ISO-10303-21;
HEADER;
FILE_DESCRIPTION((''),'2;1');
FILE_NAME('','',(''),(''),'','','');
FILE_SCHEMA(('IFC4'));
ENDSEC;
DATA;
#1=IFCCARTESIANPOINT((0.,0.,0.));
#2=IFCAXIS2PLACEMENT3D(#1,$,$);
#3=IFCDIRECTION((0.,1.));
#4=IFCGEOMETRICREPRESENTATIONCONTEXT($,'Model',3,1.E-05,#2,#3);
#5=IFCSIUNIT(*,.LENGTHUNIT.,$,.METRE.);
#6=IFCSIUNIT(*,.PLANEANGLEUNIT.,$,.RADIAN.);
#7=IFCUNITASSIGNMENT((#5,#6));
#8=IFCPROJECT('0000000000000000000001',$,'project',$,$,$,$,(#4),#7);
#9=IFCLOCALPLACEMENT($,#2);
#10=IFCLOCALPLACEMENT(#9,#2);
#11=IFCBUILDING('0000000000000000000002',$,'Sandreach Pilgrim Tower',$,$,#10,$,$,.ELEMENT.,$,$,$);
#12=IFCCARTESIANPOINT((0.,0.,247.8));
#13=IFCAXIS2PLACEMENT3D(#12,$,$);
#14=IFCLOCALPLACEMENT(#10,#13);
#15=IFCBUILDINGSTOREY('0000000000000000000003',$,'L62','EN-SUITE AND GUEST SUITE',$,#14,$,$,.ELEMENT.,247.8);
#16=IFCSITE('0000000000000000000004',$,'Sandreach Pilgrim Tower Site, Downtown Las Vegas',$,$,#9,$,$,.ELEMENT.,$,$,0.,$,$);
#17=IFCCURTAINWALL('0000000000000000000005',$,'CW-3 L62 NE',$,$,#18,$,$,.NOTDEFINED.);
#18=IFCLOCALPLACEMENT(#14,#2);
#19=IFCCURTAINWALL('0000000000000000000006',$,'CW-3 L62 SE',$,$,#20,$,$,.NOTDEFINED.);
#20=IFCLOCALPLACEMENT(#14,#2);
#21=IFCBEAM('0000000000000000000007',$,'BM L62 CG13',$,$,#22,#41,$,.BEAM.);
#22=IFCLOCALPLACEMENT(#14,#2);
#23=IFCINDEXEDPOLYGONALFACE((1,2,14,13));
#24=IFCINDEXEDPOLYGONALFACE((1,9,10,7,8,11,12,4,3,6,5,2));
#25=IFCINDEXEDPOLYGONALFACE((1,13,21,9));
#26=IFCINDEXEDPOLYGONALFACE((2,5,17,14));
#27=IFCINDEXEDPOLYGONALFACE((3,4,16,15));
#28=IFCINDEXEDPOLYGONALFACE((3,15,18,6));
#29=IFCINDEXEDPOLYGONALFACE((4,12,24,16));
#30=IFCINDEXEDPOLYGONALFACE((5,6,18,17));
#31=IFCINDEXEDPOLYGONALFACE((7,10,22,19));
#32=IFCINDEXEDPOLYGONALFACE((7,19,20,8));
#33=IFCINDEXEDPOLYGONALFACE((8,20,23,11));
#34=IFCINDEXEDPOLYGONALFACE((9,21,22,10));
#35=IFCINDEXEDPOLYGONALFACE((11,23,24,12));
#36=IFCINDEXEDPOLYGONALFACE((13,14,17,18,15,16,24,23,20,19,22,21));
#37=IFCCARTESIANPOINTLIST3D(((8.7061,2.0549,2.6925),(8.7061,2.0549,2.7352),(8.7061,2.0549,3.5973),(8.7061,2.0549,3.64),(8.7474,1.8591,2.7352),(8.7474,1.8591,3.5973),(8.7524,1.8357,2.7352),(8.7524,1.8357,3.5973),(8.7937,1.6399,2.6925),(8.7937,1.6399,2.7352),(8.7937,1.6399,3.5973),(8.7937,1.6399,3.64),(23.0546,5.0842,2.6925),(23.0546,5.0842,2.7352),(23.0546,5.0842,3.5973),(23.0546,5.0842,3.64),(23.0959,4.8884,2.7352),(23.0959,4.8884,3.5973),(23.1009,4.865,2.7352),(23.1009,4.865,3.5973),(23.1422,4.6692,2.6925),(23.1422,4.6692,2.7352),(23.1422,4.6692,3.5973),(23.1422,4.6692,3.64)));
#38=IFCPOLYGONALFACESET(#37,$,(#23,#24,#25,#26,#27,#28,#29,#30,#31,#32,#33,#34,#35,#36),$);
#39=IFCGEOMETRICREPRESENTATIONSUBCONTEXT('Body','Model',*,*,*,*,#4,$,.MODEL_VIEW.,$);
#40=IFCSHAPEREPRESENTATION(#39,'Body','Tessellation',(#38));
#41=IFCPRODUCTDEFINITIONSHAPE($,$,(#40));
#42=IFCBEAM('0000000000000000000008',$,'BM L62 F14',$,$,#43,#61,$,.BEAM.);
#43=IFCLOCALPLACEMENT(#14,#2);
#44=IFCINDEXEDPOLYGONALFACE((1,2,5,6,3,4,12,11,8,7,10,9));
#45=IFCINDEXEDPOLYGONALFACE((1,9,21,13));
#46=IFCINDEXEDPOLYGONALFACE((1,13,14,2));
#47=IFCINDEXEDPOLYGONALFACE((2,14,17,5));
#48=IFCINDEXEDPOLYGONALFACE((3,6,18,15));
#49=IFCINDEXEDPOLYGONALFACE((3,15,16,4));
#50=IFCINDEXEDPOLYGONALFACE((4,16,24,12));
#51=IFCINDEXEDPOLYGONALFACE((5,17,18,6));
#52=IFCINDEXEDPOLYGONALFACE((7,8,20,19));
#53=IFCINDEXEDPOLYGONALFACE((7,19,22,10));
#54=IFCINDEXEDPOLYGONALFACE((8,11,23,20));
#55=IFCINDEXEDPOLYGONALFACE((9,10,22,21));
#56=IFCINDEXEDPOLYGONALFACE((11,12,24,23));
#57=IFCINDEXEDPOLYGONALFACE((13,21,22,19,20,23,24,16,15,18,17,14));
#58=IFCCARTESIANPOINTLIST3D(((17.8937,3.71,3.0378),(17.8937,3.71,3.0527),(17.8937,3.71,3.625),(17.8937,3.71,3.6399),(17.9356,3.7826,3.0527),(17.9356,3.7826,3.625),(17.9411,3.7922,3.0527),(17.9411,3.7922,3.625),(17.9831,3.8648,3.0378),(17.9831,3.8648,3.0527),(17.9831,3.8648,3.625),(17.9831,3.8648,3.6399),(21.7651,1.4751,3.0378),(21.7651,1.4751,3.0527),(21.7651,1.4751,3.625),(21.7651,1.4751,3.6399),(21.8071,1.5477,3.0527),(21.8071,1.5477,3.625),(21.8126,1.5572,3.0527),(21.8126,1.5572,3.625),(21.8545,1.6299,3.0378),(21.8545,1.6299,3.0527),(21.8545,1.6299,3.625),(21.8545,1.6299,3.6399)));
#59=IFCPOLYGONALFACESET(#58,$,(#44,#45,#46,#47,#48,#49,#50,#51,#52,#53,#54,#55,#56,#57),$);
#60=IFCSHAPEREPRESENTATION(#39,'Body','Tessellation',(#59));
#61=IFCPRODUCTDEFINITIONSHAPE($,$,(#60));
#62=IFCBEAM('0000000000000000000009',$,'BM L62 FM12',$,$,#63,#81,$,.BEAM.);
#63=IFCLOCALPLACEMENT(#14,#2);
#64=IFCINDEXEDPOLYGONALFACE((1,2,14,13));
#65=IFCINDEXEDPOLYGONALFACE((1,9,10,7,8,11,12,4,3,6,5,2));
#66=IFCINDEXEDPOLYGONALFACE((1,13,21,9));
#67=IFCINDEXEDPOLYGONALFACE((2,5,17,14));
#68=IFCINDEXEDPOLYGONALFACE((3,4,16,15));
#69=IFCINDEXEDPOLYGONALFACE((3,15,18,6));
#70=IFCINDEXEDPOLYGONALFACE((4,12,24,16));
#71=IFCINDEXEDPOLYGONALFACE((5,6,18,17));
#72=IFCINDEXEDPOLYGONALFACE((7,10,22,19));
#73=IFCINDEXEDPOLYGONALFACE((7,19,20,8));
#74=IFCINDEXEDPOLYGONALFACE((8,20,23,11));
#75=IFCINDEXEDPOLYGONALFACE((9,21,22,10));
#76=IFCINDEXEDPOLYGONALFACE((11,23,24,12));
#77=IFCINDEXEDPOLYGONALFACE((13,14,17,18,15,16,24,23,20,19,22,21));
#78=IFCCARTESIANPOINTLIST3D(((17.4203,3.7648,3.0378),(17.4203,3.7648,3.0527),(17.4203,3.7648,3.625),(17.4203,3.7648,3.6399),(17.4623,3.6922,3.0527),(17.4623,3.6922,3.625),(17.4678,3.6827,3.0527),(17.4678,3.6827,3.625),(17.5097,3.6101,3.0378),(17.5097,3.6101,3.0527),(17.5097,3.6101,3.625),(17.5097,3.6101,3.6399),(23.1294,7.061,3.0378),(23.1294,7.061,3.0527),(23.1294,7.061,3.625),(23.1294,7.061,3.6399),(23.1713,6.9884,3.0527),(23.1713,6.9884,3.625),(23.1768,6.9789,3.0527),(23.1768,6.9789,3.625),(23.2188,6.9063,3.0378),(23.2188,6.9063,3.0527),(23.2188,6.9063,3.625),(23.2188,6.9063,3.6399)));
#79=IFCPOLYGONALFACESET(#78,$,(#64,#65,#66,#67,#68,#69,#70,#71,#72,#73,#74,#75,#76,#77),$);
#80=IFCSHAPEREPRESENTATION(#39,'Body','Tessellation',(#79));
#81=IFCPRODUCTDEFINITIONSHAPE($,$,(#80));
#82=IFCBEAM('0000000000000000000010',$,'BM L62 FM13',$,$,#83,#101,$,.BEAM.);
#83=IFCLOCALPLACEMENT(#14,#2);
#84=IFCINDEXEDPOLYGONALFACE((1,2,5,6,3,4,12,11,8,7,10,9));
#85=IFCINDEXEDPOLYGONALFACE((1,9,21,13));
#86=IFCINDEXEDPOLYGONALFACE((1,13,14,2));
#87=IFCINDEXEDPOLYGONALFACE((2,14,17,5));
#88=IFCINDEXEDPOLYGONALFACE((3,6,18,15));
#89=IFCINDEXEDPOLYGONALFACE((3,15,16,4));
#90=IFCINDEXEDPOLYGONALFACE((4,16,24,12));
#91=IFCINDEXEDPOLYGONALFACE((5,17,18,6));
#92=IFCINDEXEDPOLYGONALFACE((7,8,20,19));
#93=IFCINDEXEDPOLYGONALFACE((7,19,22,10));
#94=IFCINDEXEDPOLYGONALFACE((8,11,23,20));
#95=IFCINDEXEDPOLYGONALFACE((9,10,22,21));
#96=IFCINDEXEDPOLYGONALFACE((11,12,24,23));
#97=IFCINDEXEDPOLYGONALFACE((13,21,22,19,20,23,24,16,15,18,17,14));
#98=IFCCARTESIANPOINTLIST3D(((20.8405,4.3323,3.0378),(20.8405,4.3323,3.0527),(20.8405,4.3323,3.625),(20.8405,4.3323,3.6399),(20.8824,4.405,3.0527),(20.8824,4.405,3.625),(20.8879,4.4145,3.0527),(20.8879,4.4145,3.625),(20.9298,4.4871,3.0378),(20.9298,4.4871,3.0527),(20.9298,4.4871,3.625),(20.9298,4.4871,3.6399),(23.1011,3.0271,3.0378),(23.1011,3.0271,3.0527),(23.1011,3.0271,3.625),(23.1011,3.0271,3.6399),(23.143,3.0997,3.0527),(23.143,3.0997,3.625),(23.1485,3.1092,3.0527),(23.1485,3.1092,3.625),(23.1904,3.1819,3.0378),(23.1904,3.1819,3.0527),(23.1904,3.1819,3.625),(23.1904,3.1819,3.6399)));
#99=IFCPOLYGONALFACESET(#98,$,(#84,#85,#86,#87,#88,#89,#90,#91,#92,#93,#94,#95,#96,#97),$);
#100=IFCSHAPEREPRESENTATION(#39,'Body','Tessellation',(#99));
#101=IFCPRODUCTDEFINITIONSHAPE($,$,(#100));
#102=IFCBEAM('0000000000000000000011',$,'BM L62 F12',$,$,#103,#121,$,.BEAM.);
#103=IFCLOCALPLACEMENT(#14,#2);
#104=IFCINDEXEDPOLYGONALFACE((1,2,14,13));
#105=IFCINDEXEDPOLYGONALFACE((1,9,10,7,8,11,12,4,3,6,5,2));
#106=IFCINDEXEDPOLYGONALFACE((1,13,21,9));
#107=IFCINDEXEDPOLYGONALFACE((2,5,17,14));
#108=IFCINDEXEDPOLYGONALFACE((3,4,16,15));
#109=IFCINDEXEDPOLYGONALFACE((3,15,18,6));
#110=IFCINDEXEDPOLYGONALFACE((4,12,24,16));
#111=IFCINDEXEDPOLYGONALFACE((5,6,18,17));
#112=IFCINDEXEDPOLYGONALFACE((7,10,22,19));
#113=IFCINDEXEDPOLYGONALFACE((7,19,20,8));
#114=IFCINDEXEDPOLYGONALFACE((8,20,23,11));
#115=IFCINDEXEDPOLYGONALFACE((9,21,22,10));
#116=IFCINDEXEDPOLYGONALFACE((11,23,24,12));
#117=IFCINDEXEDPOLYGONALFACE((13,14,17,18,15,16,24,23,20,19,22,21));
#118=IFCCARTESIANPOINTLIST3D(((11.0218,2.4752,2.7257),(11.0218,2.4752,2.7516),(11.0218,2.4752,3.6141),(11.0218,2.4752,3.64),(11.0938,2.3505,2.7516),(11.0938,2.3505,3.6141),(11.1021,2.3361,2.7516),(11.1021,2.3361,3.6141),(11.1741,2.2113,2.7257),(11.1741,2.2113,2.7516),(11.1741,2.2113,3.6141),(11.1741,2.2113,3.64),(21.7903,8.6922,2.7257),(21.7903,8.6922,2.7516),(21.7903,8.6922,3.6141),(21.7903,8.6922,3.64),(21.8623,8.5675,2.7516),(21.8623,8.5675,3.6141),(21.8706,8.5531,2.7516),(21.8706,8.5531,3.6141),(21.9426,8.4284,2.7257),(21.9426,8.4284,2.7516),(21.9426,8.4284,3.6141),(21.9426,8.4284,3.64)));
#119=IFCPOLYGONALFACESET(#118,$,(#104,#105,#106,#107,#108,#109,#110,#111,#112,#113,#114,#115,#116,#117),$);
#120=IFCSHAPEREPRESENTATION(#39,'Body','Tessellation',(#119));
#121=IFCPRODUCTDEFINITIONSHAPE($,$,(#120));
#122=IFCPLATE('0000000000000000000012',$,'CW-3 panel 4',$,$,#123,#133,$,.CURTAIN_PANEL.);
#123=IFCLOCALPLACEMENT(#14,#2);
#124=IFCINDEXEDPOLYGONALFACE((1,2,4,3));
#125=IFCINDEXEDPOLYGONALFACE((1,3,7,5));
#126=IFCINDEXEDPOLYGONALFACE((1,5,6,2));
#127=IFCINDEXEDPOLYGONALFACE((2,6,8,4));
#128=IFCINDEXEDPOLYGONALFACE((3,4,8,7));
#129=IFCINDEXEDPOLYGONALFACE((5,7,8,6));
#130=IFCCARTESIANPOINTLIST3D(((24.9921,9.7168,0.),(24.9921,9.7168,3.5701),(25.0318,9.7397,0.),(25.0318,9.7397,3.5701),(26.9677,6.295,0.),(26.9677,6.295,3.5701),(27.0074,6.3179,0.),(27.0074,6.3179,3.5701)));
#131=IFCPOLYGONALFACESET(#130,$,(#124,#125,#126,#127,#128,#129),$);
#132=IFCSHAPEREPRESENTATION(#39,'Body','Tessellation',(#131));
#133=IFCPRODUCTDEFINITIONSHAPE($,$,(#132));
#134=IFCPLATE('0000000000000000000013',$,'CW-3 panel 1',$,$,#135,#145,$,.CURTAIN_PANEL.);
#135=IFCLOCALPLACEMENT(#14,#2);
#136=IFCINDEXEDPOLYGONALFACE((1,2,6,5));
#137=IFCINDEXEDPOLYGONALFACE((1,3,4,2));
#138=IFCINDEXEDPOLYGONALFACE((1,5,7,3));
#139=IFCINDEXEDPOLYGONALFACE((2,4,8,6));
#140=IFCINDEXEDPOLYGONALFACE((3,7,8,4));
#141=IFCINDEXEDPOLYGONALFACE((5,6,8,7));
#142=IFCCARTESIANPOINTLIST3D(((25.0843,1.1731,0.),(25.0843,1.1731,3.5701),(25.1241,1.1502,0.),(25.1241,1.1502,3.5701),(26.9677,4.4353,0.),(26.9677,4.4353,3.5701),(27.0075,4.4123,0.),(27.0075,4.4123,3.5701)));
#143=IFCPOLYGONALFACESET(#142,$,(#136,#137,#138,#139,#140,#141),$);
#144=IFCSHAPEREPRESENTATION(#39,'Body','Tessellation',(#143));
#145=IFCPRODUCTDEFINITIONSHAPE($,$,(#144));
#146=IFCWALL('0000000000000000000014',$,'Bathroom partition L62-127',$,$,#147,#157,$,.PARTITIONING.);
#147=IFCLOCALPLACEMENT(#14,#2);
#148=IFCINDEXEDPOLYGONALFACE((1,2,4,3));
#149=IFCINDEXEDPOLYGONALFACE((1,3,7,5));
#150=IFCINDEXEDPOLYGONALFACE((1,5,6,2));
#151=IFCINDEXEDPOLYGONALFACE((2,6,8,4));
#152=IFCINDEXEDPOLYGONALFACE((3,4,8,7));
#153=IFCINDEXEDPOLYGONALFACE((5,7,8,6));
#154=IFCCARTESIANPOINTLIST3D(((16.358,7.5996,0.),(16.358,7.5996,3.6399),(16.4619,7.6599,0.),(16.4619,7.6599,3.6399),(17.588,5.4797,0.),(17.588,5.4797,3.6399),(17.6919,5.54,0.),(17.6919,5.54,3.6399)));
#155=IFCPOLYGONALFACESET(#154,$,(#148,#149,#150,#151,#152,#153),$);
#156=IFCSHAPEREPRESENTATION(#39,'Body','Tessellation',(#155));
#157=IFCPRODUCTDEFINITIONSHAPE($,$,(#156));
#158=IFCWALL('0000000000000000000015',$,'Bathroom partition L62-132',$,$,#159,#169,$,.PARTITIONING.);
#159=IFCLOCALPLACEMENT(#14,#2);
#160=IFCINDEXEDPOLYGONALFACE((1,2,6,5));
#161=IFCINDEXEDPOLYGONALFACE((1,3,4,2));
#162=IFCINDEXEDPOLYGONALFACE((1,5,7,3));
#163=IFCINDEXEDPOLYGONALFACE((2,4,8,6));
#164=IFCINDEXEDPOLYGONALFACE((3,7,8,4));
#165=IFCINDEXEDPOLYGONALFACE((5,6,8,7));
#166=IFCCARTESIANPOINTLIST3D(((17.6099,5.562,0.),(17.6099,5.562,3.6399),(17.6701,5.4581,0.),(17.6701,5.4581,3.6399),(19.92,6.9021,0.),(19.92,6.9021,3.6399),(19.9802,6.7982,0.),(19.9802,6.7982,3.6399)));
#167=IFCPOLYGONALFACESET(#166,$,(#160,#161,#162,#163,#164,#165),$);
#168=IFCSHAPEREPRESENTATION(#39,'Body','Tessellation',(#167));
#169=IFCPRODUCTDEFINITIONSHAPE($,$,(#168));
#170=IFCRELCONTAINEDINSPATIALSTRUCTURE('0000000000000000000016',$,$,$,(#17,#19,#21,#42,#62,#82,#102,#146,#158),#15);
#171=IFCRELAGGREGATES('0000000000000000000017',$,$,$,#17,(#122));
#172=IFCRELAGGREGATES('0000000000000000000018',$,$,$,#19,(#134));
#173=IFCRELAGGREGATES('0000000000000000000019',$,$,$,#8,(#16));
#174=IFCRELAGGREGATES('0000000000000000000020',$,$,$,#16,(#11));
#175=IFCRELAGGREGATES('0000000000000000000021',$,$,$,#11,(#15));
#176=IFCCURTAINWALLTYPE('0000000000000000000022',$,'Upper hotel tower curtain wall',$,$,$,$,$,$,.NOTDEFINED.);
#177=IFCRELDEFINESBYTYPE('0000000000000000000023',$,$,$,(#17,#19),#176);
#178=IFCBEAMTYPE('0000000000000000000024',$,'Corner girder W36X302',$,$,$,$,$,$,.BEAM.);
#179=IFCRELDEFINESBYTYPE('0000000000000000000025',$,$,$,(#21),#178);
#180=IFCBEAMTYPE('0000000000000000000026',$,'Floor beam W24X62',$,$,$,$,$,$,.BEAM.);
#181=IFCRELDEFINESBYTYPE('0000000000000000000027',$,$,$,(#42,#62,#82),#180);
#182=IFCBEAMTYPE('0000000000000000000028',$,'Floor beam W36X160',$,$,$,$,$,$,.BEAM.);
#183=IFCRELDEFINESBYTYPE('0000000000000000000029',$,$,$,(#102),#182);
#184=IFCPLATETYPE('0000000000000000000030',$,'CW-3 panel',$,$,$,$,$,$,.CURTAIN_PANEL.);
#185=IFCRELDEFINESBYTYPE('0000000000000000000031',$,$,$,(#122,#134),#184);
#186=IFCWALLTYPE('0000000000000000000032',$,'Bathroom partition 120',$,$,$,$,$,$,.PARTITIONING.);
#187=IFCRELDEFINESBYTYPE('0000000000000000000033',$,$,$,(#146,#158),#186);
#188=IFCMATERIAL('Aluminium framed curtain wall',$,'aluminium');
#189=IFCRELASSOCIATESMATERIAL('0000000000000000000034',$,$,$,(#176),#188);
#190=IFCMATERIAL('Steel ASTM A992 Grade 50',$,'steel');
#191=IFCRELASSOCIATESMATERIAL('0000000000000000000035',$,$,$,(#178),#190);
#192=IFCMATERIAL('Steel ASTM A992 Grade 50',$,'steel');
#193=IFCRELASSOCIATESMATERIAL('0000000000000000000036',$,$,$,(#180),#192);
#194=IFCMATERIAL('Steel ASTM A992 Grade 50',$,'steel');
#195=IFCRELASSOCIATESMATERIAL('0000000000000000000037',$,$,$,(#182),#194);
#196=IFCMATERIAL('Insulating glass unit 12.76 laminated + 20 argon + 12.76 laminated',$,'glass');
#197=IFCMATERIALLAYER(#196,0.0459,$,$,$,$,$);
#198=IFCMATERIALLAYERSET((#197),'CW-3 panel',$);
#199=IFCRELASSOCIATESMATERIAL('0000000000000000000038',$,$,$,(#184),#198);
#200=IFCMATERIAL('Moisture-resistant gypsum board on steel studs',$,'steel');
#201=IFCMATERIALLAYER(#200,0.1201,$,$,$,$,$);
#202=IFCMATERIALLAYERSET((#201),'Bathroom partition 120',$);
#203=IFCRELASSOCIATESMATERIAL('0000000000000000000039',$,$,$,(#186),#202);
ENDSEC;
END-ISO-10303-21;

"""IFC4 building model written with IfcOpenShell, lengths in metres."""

from ifc_helpers import new_model, si_unit, direction, frame, frame_2d, origin, origin_2d, place, context, subcontext, project, spatial, rectangle, i_section, extrude, material, layer, layer_set, material_profile, profile_set, type_object, element, aggregate, save


model = new_model("IFC4")

# Units and contexts
model_context = context("Model", 3, precision=1e-05, world=origin(), true_north=direction((0.0, 1.0)))
body_context = subcontext(model_context, "Body", "Model", "MODEL_VIEW")
ifc_project = project(units=[si_unit("LENGTHUNIT", "METRE"), si_unit("PLANEANGLEUNIT", "RADIAN")], contexts=[model_context])

# Site, building, storey
site_placement = place(None, origin())
site = spatial("IfcSite", under=ifc_project, at=site_placement, Name="Sandreach Pilgrim Tower Site, Downtown Las Vegas", CompositionType="ELEMENT", RefElevation=0.0)
building_placement = place(site_placement, origin())
building = spatial("IfcBuilding", under=site, at=building_placement, Name="Sandreach Pilgrim Tower", CompositionType="ELEMENT")
storey_placement = place(building_placement, frame((0.0, 0.0, 247.8)))
storey = spatial("IfcBuildingStorey", under=building, at=storey_placement, Name="L62", Description="EN-SUITE AND GUEST SUITE", CompositionType="ELEMENT", Elevation=247.8)

# Curtain wall
ifc_material_1 = material(Name="Aluminium framed curtain wall", Category="aluminium")
curtain_wall_type = type_object("IfcCurtainWallType", Name="Upper hotel tower curtain wall", PredefinedType="NOTDEFINED", material=ifc_material_1)
curtain_wall_1_placement = place(storey_placement, origin())
curtain_wall_1 = element("IfcCurtainWall", 1, at=curtain_wall_1_placement, inside=storey, type_object=curtain_wall_type, Name="CW-3 L62 NE", PredefinedType="NOTDEFINED")

# Curtain wall
curtain_wall_2_placement = place(storey_placement, origin())
curtain_wall_2 = element("IfcCurtainWall", 2, at=curtain_wall_2_placement, inside=storey, type_object=curtain_wall_type, Name="CW-3 L62 SE", PredefinedType="NOTDEFINED")

# Beams
ifc_material_2 = material(Name="Steel ASTM A992 Grade 50", Category="steel")
ifc_material_profile_1 = material_profile(ifc_material_2, i_section(OverallWidth=0.4241, OverallDepth=0.9475, WebThickness=0.0239, FlangeThickness=0.0427, at=origin_2d()), Name="W36X302")
ifc_profile_set_1 = profile_set([ifc_material_profile_1], Name="Steel ASTM A992 Grade 50")
beam_type_1 = type_object("IfcBeamType", Name="Corner girder W36X302", PredefinedType="BEAM", material=ifc_profile_set_1)
beam_1_placement = place(storey_placement, frame((23.0984, 4.8767, 3.1663), z_axis=(-0.978432, -0.206571, 0.0), x_axis=(0.206571, -0.978432, 0.0)))
element("IfcBeam", 3, at=beam_1_placement, inside=storey, type_object=beam_type_1, Name="BM L62 CG13", PredefinedType="BEAM", context=body_context, shape_type="SweptSolid", body=[
    extrude(i_section(OverallWidth=0.4241, OverallDepth=0.9475, WebThickness=0.0239, FlangeThickness=0.0427, at=origin_2d()), origin(), (0.0, 0.0, 1.0), 14.6648),
])
ifc_material_3 = material(Name="Steel ASTM A992 Grade 50", Category="steel")
ifc_material_profile_2 = material_profile(ifc_material_3, i_section(OverallWidth=0.1787, OverallDepth=0.6021, WebThickness=0.011, FlangeThickness=0.0149, at=origin_2d()), Name="W24X62")
ifc_profile_set_2 = profile_set([ifc_material_profile_2], Name="Steel ASTM A992 Grade 50")
beam_type_2 = type_object("IfcBeamType", Name="Floor beam W24X62", PredefinedType="BEAM", material=ifc_profile_set_2)
beam_2_placement = place(storey_placement, frame((21.8098, 1.5525, 3.3389), z_axis=(-0.86605, 0.499957, 0.0), x_axis=(-0.499957, -0.86605, 0.0)))
element("IfcBeam", 4, at=beam_2_placement, inside=storey, type_object=beam_type_2, Name="BM L62 F14", PredefinedType="BEAM", context=body_context, shape_type="SweptSolid", body=[
    extrude(i_section(OverallWidth=0.1787, OverallDepth=0.6021, WebThickness=0.011, FlangeThickness=0.0149, at=origin_2d()), origin(), (0.0, 0.0, 1.0), 4.4702),
])
beam_3_placement = place(storey_placement, frame((23.1741, 6.9836, 3.3389), z_axis=(-0.866022, -0.500007, 0.0), x_axis=(0.500007, -0.866022, 0.0)))
element("IfcBeam", 5, at=beam_3_placement, inside=storey, type_object=beam_type_2, Name="BM L62 FM12", PredefinedType="BEAM", context=body_context, shape_type="SweptSolid", body=[
    extrude(i_section(OverallWidth=0.1787, OverallDepth=0.6021, WebThickness=0.011, FlangeThickness=0.0149, at=origin_2d()), origin(), (0.0, 0.0, 1.0), 6.5923),
])
beam_4_placement = place(storey_placement, frame((23.1458, 3.1045, 3.3389), z_axis=(-0.866013, 0.500022, 0.0), x_axis=(-0.500022, -0.866013, 0.0)))
element("IfcBeam", 6, at=beam_4_placement, inside=storey, type_object=beam_type_2, Name="BM L62 FM13", PredefinedType="BEAM", context=body_context, shape_type="SweptSolid", body=[
    extrude(i_section(OverallWidth=0.1787, OverallDepth=0.6021, WebThickness=0.011, FlangeThickness=0.0149, at=origin_2d()), origin(), (0.0, 0.0, 1.0), 2.6104),
])
ifc_material_4 = material(Name="Steel ASTM A992 Grade 50", Category="steel")
ifc_material_profile_3 = material_profile(ifc_material_4, i_section(OverallWidth=0.3047, OverallDepth=0.9143, WebThickness=0.0166, FlangeThickness=0.0259, at=origin_2d()), Name="W36X160")
ifc_profile_set_3 = profile_set([ifc_material_profile_3], Name="Steel ASTM A992 Grade 50")
beam_type_3 = type_object("IfcBeamType", Name="Floor beam W36X160", PredefinedType="BEAM", material=ifc_profile_set_3)
beam_5_placement = place(storey_placement, frame((21.8665, 8.5603, 3.1829), z_axis=(-0.866032, -0.499989, 0.0), x_axis=(0.499989, -0.866032, 0.0)))
element("IfcBeam", 7, at=beam_5_placement, inside=storey, type_object=beam_type_3, Name="BM L62 F12", PredefinedType="BEAM", context=body_context, shape_type="SweptSolid", body=[
    extrude(i_section(OverallWidth=0.3047, OverallDepth=0.9143, WebThickness=0.0166, FlangeThickness=0.0259, at=origin_2d()), origin(), (0.0, 0.0, 1.0), 12.4343),
])

# Plates
ifc_material_5 = material(Name="Insulating glass unit 12.76 laminated + 20 argon + 12.76 laminated", Category="glass")
ifc_layer_1 = layer(ifc_material_5, 0.0459)
ifc_layer_set_1 = layer_set([ifc_layer_1], Name="CW-3 panel")
plate_type = type_object("IfcPlateType", Name="CW-3 panel", PredefinedType="CURTAIN_PANEL", material=ifc_layer_set_1)
plate_1_placement = place(storey_placement, frame((25.9998, 8.0173, 0.0), z_axis=(0.0, 0.0, 1.0), x_axis=(0.5, -0.866025, 0.0)))
plate_1 = element("IfcPlate", 8, at=plate_1_placement, type_object=plate_type, Name="CW-3 panel 4", PredefinedType="CURTAIN_PANEL", context=body_context, shape_type="SweptSolid", body=[
    extrude(rectangle(XDim=3.9512, YDim=0.0459, at=origin_2d()), origin(), (0.0, 0.0, 1.0), 3.5701),
])
aggregate(curtain_wall_1, [plate_1])
plate_2_placement = place(storey_placement, frame((26.0459, 2.7927, 0.0), z_axis=(0.0, 0.0, 1.0), x_axis=(-0.5, -0.866025, 0.0)))
plate_2 = element("IfcPlate", 9, at=plate_2_placement, type_object=plate_type, Name="CW-3 panel 1", PredefinedType="CURTAIN_PANEL", context=body_context, shape_type="SweptSolid", body=[
    extrude(rectangle(XDim=3.7668, YDim=0.0459, at=origin_2d()), origin(), (0.0, 0.0, 1.0), 3.5701),
])
aggregate(curtain_wall_2, [plate_2])

# Walls
ifc_material_6 = material(Name="Moisture-resistant gypsum board on steel studs", Category="steel")
ifc_layer_2 = layer(ifc_material_6, 0.1201)
ifc_layer_set_2 = layer_set([ifc_layer_2], Name="Bathroom partition 120")
wall_type_1 = type_object("IfcWallType", Name="Bathroom partition 120", PredefinedType="PARTITIONING", material=ifc_layer_set_2)
wall_1_placement = place(storey_placement, frame((16.4099, 7.6299, 0.0), z_axis=(0.0, 0.0, 1.0), x_axis=(0.501857, -0.864951, 0.0)))
element("IfcWall", 10, at=wall_1_placement, inside=storey, type_object=wall_type_1, Name="Bathroom partition L62-127", PredefinedType="PARTITIONING", context=body_context, shape_type="SweptSolid", body=[
    extrude(rectangle(XDim=2.4509, YDim=0.1201, at=frame_2d((1.2256, 0.0))), origin(), (0.0, 0.0, 1.0), 3.6399),
])
wall_2_placement = place(storey_placement, frame((17.6399, 5.51, 0.0), z_axis=(0.0, 0.0, 1.0), x_axis=(0.86499, 0.501789, 0.0)))
element("IfcWall", 11, at=wall_2_placement, inside=storey, type_object=wall_type_1, Name="Bathroom partition L62-132", PredefinedType="PARTITIONING", context=body_context, shape_type="SweptSolid", body=[
    extrude(rectangle(XDim=2.6707, YDim=0.1201, at=frame_2d((1.3354, 0.0))), origin(), (0.0, 0.0, 1.0), 3.6399),
])

save(model, "model.ifc")
